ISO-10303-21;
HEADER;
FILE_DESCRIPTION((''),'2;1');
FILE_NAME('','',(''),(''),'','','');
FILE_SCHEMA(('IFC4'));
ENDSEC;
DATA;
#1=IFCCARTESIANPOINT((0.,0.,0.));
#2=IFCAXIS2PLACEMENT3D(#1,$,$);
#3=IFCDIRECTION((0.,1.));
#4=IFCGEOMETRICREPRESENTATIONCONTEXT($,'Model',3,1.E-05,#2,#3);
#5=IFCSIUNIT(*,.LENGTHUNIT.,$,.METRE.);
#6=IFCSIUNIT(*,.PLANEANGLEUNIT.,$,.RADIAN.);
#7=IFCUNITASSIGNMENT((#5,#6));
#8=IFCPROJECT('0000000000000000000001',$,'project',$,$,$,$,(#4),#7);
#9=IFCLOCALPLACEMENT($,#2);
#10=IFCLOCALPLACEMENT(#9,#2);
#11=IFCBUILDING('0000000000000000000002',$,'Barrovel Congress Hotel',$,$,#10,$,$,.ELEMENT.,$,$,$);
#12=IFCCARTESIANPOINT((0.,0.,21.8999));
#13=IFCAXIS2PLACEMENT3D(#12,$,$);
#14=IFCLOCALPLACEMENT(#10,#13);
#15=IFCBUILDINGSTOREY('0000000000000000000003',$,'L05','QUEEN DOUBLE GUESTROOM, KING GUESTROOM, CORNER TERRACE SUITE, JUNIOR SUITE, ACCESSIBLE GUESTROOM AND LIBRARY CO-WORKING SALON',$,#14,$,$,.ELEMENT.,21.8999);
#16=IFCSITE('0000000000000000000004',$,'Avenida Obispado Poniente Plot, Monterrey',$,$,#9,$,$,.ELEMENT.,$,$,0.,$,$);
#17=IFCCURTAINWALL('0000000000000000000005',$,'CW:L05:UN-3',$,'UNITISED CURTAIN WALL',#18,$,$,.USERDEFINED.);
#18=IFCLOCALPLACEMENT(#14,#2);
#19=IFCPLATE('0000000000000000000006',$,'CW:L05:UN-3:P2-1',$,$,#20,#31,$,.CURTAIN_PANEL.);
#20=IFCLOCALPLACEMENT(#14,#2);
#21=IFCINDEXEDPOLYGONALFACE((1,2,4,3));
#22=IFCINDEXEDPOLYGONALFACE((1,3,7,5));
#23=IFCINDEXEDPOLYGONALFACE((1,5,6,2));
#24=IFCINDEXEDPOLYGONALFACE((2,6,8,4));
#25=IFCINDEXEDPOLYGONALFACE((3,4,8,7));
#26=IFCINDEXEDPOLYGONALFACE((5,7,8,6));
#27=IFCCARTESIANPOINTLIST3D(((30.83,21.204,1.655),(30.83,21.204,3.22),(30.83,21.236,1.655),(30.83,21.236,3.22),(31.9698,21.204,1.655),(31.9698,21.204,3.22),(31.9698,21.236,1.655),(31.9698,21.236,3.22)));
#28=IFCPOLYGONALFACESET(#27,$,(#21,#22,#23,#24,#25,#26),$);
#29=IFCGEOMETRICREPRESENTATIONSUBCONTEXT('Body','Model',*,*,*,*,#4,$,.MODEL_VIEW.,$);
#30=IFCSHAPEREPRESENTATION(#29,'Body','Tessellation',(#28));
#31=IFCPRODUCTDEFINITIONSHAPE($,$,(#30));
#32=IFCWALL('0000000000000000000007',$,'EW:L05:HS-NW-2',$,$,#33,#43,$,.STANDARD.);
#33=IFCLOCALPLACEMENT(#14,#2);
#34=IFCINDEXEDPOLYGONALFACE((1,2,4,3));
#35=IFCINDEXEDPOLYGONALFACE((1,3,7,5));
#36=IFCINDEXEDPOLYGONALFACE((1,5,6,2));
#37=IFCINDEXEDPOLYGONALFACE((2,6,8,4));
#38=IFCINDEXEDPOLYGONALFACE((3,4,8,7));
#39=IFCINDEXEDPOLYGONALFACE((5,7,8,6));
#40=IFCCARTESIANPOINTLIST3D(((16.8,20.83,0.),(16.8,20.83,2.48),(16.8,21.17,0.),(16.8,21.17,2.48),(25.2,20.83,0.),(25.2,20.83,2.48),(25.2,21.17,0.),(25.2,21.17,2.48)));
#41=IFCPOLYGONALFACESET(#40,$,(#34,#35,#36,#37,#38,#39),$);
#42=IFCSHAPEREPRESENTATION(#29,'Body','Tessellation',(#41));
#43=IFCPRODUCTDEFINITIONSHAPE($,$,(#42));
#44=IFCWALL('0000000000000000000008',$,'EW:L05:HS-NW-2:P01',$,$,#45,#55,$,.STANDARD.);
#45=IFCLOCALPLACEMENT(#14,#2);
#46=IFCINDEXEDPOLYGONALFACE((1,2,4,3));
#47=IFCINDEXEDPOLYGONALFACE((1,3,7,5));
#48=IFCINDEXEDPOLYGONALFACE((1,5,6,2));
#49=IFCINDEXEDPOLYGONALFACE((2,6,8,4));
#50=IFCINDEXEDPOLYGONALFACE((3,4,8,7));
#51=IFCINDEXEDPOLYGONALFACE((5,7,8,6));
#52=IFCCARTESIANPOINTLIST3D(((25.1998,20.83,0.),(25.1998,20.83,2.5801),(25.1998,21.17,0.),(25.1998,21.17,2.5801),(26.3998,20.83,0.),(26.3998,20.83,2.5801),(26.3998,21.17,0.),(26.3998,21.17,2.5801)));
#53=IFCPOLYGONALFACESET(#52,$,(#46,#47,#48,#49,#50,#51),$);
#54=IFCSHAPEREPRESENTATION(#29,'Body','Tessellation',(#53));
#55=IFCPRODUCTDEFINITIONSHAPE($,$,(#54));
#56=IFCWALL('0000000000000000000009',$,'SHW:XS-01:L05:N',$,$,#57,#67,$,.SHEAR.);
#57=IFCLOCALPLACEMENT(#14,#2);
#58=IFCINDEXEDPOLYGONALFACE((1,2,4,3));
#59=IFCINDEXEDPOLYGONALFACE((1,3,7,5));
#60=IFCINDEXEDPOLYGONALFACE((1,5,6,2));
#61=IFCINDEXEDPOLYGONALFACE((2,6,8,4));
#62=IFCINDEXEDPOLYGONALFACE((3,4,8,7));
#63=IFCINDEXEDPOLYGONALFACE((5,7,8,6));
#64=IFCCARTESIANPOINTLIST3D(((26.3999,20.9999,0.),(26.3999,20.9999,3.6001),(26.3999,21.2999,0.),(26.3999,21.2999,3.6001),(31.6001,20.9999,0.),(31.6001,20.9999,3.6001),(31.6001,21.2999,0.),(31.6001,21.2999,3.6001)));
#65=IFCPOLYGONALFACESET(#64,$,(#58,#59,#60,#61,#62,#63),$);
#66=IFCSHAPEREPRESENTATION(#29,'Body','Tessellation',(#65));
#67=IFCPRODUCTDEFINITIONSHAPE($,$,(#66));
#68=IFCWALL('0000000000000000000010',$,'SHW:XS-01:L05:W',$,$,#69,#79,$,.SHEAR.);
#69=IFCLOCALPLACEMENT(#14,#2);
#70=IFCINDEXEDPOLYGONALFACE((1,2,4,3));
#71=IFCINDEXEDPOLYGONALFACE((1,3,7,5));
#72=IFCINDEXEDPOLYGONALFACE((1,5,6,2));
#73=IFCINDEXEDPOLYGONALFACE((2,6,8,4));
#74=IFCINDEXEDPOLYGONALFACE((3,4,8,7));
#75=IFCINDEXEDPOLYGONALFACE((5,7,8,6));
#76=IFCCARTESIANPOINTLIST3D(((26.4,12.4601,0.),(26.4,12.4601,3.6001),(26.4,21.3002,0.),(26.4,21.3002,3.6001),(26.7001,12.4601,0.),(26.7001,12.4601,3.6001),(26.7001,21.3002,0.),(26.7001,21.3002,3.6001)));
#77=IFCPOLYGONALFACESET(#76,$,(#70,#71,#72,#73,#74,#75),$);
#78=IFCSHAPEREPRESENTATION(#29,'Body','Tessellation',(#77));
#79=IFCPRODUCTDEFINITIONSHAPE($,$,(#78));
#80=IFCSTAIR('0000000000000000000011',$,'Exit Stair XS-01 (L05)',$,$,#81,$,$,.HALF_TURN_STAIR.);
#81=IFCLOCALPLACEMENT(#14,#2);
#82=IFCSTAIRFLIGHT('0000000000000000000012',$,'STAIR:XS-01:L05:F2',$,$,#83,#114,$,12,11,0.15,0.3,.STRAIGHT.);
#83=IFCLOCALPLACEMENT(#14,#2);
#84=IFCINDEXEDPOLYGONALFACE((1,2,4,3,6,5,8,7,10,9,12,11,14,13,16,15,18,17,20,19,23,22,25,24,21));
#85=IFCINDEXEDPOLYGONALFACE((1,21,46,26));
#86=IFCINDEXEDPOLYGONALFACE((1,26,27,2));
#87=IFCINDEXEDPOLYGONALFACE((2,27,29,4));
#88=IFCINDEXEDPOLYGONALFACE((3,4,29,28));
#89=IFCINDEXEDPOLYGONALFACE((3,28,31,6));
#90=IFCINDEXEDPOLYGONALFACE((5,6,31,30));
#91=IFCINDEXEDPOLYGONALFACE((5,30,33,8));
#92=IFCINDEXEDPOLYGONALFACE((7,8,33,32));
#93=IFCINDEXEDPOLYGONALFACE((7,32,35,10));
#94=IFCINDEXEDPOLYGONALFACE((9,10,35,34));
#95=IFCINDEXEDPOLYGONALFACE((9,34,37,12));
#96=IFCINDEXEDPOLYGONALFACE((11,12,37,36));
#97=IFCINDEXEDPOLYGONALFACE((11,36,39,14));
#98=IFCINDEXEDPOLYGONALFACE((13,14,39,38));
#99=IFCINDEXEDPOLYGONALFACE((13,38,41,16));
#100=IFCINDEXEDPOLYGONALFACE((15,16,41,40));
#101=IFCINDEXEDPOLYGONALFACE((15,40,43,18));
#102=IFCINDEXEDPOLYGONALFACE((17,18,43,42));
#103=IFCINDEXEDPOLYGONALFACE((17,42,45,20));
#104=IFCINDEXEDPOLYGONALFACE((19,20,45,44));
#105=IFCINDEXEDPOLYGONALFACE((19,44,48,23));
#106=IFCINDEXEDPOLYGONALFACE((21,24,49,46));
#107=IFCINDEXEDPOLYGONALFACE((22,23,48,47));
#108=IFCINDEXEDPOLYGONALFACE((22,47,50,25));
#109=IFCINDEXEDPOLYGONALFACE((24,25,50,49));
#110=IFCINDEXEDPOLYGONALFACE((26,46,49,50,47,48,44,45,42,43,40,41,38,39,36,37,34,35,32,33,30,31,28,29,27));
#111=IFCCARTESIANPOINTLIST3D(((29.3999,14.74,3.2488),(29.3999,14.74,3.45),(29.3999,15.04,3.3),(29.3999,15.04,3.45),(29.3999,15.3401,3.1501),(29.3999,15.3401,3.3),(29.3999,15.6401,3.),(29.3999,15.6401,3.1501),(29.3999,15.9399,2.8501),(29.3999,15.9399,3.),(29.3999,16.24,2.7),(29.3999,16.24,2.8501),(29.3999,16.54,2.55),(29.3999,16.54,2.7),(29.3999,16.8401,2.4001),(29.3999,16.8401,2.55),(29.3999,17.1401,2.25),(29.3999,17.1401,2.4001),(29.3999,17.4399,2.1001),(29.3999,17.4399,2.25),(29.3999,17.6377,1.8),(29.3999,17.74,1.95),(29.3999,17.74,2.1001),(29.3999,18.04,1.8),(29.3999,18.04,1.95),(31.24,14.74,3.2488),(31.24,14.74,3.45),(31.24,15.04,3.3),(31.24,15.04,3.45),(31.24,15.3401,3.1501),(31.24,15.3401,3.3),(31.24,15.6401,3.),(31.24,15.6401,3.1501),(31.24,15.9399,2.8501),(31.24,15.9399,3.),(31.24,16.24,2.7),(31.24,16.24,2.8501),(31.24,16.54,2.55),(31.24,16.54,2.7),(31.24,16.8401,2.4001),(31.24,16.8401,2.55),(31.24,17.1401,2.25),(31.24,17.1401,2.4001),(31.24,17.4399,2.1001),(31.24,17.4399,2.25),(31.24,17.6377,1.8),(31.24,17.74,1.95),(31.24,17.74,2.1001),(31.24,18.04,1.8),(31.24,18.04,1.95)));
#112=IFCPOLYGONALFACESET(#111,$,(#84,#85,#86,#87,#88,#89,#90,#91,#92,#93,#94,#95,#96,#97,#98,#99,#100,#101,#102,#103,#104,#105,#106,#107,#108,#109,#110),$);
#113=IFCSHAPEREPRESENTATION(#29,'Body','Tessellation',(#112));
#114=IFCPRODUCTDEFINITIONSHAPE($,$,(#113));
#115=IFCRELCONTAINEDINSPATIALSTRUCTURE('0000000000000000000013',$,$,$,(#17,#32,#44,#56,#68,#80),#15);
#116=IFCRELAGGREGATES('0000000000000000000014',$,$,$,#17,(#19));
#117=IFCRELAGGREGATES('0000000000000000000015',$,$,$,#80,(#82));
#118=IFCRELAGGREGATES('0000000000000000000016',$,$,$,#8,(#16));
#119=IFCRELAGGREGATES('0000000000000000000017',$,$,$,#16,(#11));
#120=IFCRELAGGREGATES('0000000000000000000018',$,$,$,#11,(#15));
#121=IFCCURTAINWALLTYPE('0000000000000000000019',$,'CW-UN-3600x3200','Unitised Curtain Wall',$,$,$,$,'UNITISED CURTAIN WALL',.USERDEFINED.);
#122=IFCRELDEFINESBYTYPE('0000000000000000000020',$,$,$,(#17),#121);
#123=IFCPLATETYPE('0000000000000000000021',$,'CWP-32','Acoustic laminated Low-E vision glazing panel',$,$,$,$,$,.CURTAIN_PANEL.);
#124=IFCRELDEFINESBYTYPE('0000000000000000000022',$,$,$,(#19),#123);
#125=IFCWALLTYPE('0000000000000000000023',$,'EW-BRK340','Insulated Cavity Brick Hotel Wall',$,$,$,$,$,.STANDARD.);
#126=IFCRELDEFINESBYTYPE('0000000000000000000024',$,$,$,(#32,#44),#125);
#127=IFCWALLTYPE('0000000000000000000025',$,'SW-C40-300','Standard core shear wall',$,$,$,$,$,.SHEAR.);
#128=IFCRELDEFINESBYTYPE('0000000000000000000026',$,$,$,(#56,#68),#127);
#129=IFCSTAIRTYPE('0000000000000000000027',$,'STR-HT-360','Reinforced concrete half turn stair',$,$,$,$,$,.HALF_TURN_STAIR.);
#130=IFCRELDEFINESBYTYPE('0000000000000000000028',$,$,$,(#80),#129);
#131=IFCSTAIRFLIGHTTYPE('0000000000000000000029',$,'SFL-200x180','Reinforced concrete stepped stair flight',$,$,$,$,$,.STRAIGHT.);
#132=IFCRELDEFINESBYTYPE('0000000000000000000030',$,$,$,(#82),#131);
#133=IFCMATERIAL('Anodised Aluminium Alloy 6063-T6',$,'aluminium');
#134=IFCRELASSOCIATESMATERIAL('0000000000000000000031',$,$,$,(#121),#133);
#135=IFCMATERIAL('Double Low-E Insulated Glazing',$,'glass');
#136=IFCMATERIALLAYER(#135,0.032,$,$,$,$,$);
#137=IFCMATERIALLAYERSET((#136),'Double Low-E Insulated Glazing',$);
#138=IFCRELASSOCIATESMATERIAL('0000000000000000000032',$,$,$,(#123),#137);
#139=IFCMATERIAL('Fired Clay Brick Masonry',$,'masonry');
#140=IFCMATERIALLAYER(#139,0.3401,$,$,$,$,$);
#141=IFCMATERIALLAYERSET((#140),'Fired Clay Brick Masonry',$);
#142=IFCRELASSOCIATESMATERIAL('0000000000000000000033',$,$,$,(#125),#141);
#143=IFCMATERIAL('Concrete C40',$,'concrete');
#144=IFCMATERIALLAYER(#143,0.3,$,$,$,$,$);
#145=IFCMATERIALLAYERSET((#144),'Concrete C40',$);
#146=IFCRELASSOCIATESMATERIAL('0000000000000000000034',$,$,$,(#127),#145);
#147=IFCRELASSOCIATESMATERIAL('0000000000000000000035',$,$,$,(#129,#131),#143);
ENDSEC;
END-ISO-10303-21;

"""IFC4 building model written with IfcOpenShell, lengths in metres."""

from ifc_helpers import new_model, si_unit, direction, frame, frame_2d, origin, origin_2d, place, context, subcontext, project, spatial, polyline, rectangle, outline, extrude, material, layer, layer_set, type_object, element, aggregate, save


model = new_model("IFC4")

# Units and contexts
model_context = context("Model", 3, precision=1e-05, world=origin(), true_north=direction((0.0, 1.0)))
body_context = subcontext(model_context, "Body", "Model", "MODEL_VIEW")
ifc_project = project(units=[si_unit("LENGTHUNIT", "METRE"), si_unit("PLANEANGLEUNIT", "RADIAN")], contexts=[model_context])

# Site, building, storey
site_placement = place(None, origin())
site = spatial("IfcSite", under=ifc_project, at=site_placement, Name="Avenida Obispado Poniente Plot, Monterrey", CompositionType="ELEMENT", RefElevation=0.0)
building_placement = place(site_placement, origin())
building = spatial("IfcBuilding", under=site, at=building_placement, Name="Barrovel Congress Hotel", CompositionType="ELEMENT")
storey_placement = place(building_placement, frame((0.0, 0.0, 21.8999)))
storey = spatial("IfcBuildingStorey", under=building, at=storey_placement, Name="L05", Description="QUEEN DOUBLE GUESTROOM, KING GUESTROOM, CORNER TERRACE SUITE, JUNIOR SUITE, ACCESSIBLE GUESTROOM AND LIBRARY CO-WORKING SALON", CompositionType="ELEMENT", Elevation=21.8999)

# Shared definitions
ifc_material_1 = material(Name="Concrete C40", Category="concrete")

# Curtain wall, plate
ifc_material_2 = material(Name="Anodised Aluminium Alloy 6063-T6", Category="aluminium")
curtain_wall_type = type_object("IfcCurtainWallType", Name="CW-UN-3600x3200", Description="Unitised Curtain Wall", ElementType="UNITISED CURTAIN WALL", PredefinedType="USERDEFINED", material=ifc_material_2)
curtain_wall_placement = place(storey_placement, origin())
curtain_wall = element("IfcCurtainWall", 1, at=curtain_wall_placement, inside=storey, type_object=curtain_wall_type, Name="CW:L05:UN-3", ObjectType="UNITISED CURTAIN WALL", PredefinedType="USERDEFINED")
ifc_material_3 = material(Name="Double Low-E Insulated Glazing", Category="glass")
ifc_layer_1 = layer(ifc_material_3, 0.032)
ifc_layer_set_1 = layer_set([ifc_layer_1], Name="Double Low-E Insulated Glazing")
plate_type = type_object("IfcPlateType", Name="CWP-32", Description="Acoustic laminated Low-E vision glazing panel", PredefinedType="CURTAIN_PANEL", material=ifc_layer_set_1)
plate_1_placement = place(storey_placement, frame((31.3999, 21.22, 1.655), z_axis=(0.0, 0.0, 1.0), x_axis=(1.0, 0.0, 0.0)))
plate_1 = element("IfcPlate", 2, at=plate_1_placement, type_object=plate_type, Name="CW:L05:UN-3:P2-1", PredefinedType="CURTAIN_PANEL", context=body_context, shape_type="SweptSolid", body=[
    extrude(rectangle(XDim=1.1399, YDim=0.032, at=origin_2d()), origin(), (0.0, 0.0, 1.0), 1.5649),
])
aggregate(curtain_wall, [plate_1])

# Walls
ifc_material_4 = material(Name="Fired Clay Brick Masonry", Category="masonry")
ifc_layer_2 = layer(ifc_material_4, 0.3401)
ifc_layer_set_2 = layer_set([ifc_layer_2], Name="Fired Clay Brick Masonry")
wall_type_1 = type_object("IfcWallType", Name="EW-BRK340", Description="Insulated Cavity Brick Hotel Wall", PredefinedType="STANDARD", material=ifc_layer_set_2)
wall_1_placement = place(storey_placement, frame((25.2, 21.0, 0.0), z_axis=(0.0, 0.0, 1.0), x_axis=(-1.0, 0.0, 0.0)))
element("IfcWall", 3, at=wall_1_placement, inside=storey, type_object=wall_type_1, Name="EW:L05:HS-NW-2", PredefinedType="STANDARD", context=body_context, shape_type="SweptSolid", body=[
    extrude(rectangle(XDim=8.3999, YDim=0.3401, at=frame_2d((4.2, 0.0))), origin(), (0.0, 0.0, 1.0), 2.48),
])
wall_2_placement = place(storey_placement, frame((26.3999, 21.0, 0.0), z_axis=(0.0, 0.0, 1.0), x_axis=(-1.0, 0.0, 0.0)))
element("IfcWall", 4, at=wall_2_placement, inside=storey, type_object=wall_type_1, Name="EW:L05:HS-NW-2:P01", PredefinedType="STANDARD", context=body_context, shape_type="SweptSolid", body=[
    extrude(rectangle(XDim=1.2, YDim=0.3401, at=frame_2d((0.6001, 0.0))), origin(), (0.0, 0.0, 1.0), 2.5801),
])
ifc_layer_3 = layer(ifc_material_1, 0.3)
ifc_layer_set_3 = layer_set([ifc_layer_3], Name="Concrete C40")
wall_type_2 = type_object("IfcWallType", Name="SW-C40-300", Description="Standard core shear wall", PredefinedType="SHEAR", material=ifc_layer_set_3)
wall_3_placement = place(storey_placement, frame((31.6001, 21.1499, 0.0), z_axis=(0.0, 0.0, 1.0), x_axis=(-1.0, 0.0, 0.0)))
element("IfcWall", 5, at=wall_3_placement, inside=storey, type_object=wall_type_2, Name="SHW:XS-01:L05:N", PredefinedType="SHEAR", context=body_context, shape_type="SweptSolid", body=[
    extrude(rectangle(XDim=5.2002, YDim=0.3, at=frame_2d((2.6001, 0.0))), origin(), (0.0, 0.0, 1.0), 3.6001),
])
wall_4_placement = place(storey_placement, frame((26.55, 21.3, 0.0), z_axis=(0.0, 0.0, 1.0), x_axis=(0.0, -1.0, 0.0)))
element("IfcWall", 6, at=wall_4_placement, inside=storey, type_object=wall_type_2, Name="SHW:XS-01:L05:W", PredefinedType="SHEAR", context=body_context, shape_type="SweptSolid", body=[
    extrude(rectangle(XDim=8.8401, YDim=0.3, at=frame_2d((4.4199, 0.0))), origin(), (0.0, 0.0, 1.0), 3.6001),
])

# Stair, stair flight
stair_type = type_object("IfcStairType", Name="STR-HT-360", Description="Reinforced concrete half turn stair", PredefinedType="HALF_TURN_STAIR", material=ifc_material_1)
stair_placement = place(storey_placement, origin())
stair = element("IfcStair", 7, at=stair_placement, inside=storey, type_object=stair_type, Name="Exit Stair XS-01 (L05)", PredefinedType="HALF_TURN_STAIR")
stair_flight_type = type_object("IfcStairFlightType", Name="SFL-200x180", Description="Reinforced concrete stepped stair flight", PredefinedType="STRAIGHT", material=ifc_material_1)
stair_flight_placement = place(storey_placement, frame((30.3201, 18.04, 1.8), z_axis=(0.0, 0.0, 1.0), x_axis=(0.0, -1.0, 0.0)))
stair_flight = element("IfcStairFlight", 8, at=stair_flight_placement, type_object=stair_flight_type, Name="STAIR:XS-01:L05:F2", NumberOfRisers=12, NumberOfTreads=11, PredefinedType="STRAIGHT", RiserHeight=0.15, TreadLength=0.3, context=body_context, shape_type="SweptSolid", body=[
    extrude(outline(polyline([(0.0, 0.0), (0.0, 0.1499), (0.3, 0.1499), (0.3, 0.3), (0.6001, 0.3), (0.6001, 0.45), (0.8999, 0.45), (0.8999, 0.6001), (1.2, 0.6001), (1.2, 0.75), (1.5, 0.75), (1.5, 0.8999), (1.8, 0.8999), (1.8, 1.05), (2.1001, 1.05), (2.1001, 1.2), (2.3999, 1.2), (2.3999, 1.3501), (2.7, 1.3501), (2.7, 1.5), (3.0, 1.5), (3.0, 1.6499), (3.3, 1.6499), (3.3, 1.8), (3.3, 1.4487), (0.4023, 0.0), (0.0, 0.0)])), frame((0.0, 0.9199, 0.0), z_axis=(0.0, -1.0, 0.0), x_axis=(1.0, 0.0, 0.0)), (0.0, 0.0, 1.0), 1.8401),
])
aggregate(stair, [stair_flight])

save(model, "model.ifc")
